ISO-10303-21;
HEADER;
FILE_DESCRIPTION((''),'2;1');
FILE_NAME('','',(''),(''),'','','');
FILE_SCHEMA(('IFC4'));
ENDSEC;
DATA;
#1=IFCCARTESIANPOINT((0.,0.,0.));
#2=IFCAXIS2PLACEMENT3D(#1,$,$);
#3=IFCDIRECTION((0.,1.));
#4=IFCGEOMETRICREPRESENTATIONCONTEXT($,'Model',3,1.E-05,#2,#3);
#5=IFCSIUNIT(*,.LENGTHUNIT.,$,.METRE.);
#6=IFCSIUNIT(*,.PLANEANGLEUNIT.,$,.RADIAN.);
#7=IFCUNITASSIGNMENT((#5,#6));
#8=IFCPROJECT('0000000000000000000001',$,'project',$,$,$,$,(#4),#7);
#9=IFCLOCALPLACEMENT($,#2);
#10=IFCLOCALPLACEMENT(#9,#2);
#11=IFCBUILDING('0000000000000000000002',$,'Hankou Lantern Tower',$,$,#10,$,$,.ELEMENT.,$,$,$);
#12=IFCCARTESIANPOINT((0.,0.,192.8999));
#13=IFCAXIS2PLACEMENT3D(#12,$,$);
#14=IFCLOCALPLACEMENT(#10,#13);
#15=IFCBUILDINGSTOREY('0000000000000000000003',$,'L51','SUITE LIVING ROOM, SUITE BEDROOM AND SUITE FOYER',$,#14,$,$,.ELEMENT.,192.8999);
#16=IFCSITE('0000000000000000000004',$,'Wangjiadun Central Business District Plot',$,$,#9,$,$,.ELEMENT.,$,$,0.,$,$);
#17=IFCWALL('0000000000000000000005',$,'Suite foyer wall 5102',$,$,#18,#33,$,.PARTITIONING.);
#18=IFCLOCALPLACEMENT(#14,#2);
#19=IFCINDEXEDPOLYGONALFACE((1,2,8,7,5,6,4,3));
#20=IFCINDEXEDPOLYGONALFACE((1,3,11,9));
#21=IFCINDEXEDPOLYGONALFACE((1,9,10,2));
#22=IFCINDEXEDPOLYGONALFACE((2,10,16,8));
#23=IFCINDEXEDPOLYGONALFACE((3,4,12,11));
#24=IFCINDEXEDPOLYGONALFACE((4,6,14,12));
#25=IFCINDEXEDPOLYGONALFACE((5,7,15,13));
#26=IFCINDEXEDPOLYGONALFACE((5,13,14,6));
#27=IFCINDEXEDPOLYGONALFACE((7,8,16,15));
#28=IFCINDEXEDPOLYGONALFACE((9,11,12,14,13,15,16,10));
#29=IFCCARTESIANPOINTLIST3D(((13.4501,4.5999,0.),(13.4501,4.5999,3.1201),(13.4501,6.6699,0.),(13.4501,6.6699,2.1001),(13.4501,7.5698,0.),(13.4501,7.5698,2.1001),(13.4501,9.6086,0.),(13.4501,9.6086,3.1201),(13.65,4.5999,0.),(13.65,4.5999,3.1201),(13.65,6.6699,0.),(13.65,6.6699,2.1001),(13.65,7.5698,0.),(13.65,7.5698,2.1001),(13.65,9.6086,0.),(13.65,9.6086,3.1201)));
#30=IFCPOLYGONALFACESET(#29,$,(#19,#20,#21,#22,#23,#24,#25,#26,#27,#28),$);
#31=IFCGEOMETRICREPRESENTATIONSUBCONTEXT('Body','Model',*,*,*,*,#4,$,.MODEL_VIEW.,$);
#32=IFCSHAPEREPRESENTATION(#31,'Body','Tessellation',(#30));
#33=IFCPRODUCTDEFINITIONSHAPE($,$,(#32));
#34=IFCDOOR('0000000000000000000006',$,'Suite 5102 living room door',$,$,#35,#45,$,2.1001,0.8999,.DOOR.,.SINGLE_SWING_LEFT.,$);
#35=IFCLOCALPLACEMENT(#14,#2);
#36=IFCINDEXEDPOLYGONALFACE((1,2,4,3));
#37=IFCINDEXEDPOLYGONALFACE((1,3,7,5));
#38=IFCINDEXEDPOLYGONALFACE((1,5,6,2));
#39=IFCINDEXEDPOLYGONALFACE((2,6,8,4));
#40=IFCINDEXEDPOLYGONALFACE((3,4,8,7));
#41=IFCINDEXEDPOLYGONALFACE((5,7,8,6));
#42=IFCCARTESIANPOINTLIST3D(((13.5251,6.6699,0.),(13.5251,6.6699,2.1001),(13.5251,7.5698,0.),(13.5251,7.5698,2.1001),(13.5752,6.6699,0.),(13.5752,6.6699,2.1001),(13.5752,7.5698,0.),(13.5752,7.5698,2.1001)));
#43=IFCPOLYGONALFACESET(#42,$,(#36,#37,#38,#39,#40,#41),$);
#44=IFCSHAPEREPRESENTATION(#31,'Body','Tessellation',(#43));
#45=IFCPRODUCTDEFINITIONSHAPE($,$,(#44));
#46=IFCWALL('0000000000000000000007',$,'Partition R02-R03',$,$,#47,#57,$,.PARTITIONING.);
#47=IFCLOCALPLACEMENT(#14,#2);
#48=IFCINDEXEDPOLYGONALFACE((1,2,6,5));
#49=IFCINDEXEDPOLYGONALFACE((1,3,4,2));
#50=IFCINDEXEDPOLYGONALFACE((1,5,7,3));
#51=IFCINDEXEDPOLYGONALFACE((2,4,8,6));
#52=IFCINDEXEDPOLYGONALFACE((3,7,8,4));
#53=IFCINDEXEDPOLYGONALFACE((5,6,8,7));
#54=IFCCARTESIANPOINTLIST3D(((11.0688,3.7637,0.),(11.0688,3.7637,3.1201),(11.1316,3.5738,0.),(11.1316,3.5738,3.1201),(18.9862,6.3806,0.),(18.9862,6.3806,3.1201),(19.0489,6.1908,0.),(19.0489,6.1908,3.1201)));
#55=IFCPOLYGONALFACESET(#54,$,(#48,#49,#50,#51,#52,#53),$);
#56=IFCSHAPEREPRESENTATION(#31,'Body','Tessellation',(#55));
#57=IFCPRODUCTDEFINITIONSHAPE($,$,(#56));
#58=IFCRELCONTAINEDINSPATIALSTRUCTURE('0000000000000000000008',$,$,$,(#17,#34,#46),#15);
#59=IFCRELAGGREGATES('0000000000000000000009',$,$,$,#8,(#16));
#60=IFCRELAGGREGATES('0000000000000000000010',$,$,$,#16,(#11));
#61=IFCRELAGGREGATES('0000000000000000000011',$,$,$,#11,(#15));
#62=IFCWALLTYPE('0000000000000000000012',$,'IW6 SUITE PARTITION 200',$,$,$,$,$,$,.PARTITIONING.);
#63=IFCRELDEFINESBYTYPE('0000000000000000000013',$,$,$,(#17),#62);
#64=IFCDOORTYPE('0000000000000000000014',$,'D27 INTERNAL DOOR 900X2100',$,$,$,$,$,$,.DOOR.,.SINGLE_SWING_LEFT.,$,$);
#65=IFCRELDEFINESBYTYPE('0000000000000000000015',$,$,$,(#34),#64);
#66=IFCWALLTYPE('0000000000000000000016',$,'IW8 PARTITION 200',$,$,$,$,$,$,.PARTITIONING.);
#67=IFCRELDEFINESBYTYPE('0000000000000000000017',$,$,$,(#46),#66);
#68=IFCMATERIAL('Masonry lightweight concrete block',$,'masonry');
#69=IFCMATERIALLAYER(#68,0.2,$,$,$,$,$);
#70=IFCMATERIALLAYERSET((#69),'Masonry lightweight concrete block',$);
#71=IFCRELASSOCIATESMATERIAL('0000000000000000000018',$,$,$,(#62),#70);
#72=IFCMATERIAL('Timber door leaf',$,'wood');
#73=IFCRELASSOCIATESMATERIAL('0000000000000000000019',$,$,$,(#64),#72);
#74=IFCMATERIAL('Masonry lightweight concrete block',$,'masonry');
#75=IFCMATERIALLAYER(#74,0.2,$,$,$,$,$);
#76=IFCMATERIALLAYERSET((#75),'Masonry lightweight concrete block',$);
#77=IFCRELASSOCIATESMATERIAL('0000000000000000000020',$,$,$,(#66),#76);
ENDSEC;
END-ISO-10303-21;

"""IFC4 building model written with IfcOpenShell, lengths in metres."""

from ifc_helpers import new_model, si_unit, direction, frame, frame_2d, origin, place, context, subcontext, project, spatial, rectangle, extrude, material, layer, layer_set, type_object, element, fill, save


model = new_model("IFC4")

# Units and contexts
model_context = context("Model", 3, precision=1e-05, world=origin(), true_north=direction((0.0, 1.0)))
body_context = subcontext(model_context, "Body", "Model", "MODEL_VIEW")
ifc_project = project(units=[si_unit("LENGTHUNIT", "METRE"), si_unit("PLANEANGLEUNIT", "RADIAN")], contexts=[model_context])

# Site, building, storey
site_placement = place(None, origin())
site = spatial("IfcSite", under=ifc_project, at=site_placement, Name="Wangjiadun Central Business District Plot", CompositionType="ELEMENT", RefElevation=0.0)
building_placement = place(site_placement, origin())
building = spatial("IfcBuilding", under=site, at=building_placement, Name="Hankou Lantern Tower", CompositionType="ELEMENT")
storey_placement = place(building_placement, frame((0.0, 0.0, 192.8999)))
storey = spatial("IfcBuildingStorey", under=building, at=storey_placement, Name="L51", Description="SUITE LIVING ROOM, SUITE BEDROOM AND SUITE FOYER", CompositionType="ELEMENT", Elevation=192.8999)

# Wall, opening, door
ifc_material_1 = material(Name="Masonry lightweight concrete block", Category="masonry")
ifc_layer_1 = layer(ifc_material_1, 0.2)
ifc_layer_set_1 = layer_set([ifc_layer_1], Name="Masonry lightweight concrete block")
wall_type_1 = type_object("IfcWallType", Name="IW6 SUITE PARTITION 200", PredefinedType="PARTITIONING", material=ifc_layer_set_1)
wall_1_placement = place(storey_placement, frame((13.55, 4.5999, 0.0), z_axis=(0.0, 0.0, 1.0), x_axis=(0.0, 1.0, 0.0)))
wall_1 = element("IfcWall", 1, at=wall_1_placement, inside=storey, type_object=wall_type_1, Name="Suite foyer wall 5102", PredefinedType="PARTITIONING", context=body_context, shape_type="SweptSolid", body=[
    extrude(rectangle(XDim=5.0088, YDim=0.2, at=frame_2d((2.5044, 0.0))), origin(), (0.0, 0.0, 1.0), 3.1201),
])
opening_1_placement = place(wall_1_placement, frame((2.0701, 0.0, 0.0)))
opening_1 = element("IfcOpeningElement", 2, at=opening_1_placement, cuts=wall_1, PredefinedType="OPENING", context=body_context, shape_type="SweptSolid", body=[
    extrude(rectangle(XDim=0.8999, YDim=2.1001, at=frame_2d((0.45, 1.05))), frame((0.0, 0.1099, 0.0), z_axis=(0.0, -1.0, 0.0), x_axis=(1.0, 0.0, 0.0)), (0.0, 0.0, 1.0), 0.22),
])
ifc_material_2 = material(Name="Timber door leaf", Category="wood")
door_type = type_object("IfcDoorType", Name="D27 INTERNAL DOOR 900X2100", OperationType="SINGLE_SWING_LEFT", PredefinedType="DOOR", material=ifc_material_2)
door_placement = place(opening_1_placement, origin())
door = element("IfcDoor", 3, at=door_placement, inside=storey, type_object=door_type, Name="Suite 5102 living room door", OperationType="SINGLE_SWING_LEFT", OverallHeight=2.1001, OverallWidth=0.8999, PredefinedType="DOOR", context=body_context, shape_type="SweptSolid", body=[
    extrude(rectangle(XDim=0.8999, YDim=2.1001, at=frame_2d((0.45, 1.05))), frame((0.0, 0.0249, 0.0), z_axis=(0.0, -1.0, 0.0), x_axis=(1.0, 0.0, 0.0)), (0.0, 0.0, 1.0), 0.05),
])
fill(opening_1, door)

# Wall
ifc_material_3 = material(Name="Masonry lightweight concrete block", Category="masonry")
ifc_layer_2 = layer(ifc_material_3, 0.2)
ifc_layer_set_2 = layer_set([ifc_layer_2], Name="Masonry lightweight concrete block")
wall_type_2 = type_object("IfcWallType", Name="IW8 PARTITION 200", PredefinedType="PARTITIONING", material=ifc_layer_set_2)
wall_2_placement = place(storey_placement, frame((11.1001, 3.6687, 0.0), z_axis=(0.0, 0.0, 1.0), x_axis=(0.949477, 0.313838, 0.0)))
element("IfcWall", 4, at=wall_2_placement, inside=storey, type_object=wall_type_2, Name="Partition R02-R03", PredefinedType="PARTITIONING", context=body_context, shape_type="SweptSolid", body=[
    extrude(rectangle(XDim=8.3386, YDim=0.2, at=frame_2d((4.1694, 0.0))), origin(), (0.0, 0.0, 1.0), 3.1201),
])

save(model, "model.ifc")
